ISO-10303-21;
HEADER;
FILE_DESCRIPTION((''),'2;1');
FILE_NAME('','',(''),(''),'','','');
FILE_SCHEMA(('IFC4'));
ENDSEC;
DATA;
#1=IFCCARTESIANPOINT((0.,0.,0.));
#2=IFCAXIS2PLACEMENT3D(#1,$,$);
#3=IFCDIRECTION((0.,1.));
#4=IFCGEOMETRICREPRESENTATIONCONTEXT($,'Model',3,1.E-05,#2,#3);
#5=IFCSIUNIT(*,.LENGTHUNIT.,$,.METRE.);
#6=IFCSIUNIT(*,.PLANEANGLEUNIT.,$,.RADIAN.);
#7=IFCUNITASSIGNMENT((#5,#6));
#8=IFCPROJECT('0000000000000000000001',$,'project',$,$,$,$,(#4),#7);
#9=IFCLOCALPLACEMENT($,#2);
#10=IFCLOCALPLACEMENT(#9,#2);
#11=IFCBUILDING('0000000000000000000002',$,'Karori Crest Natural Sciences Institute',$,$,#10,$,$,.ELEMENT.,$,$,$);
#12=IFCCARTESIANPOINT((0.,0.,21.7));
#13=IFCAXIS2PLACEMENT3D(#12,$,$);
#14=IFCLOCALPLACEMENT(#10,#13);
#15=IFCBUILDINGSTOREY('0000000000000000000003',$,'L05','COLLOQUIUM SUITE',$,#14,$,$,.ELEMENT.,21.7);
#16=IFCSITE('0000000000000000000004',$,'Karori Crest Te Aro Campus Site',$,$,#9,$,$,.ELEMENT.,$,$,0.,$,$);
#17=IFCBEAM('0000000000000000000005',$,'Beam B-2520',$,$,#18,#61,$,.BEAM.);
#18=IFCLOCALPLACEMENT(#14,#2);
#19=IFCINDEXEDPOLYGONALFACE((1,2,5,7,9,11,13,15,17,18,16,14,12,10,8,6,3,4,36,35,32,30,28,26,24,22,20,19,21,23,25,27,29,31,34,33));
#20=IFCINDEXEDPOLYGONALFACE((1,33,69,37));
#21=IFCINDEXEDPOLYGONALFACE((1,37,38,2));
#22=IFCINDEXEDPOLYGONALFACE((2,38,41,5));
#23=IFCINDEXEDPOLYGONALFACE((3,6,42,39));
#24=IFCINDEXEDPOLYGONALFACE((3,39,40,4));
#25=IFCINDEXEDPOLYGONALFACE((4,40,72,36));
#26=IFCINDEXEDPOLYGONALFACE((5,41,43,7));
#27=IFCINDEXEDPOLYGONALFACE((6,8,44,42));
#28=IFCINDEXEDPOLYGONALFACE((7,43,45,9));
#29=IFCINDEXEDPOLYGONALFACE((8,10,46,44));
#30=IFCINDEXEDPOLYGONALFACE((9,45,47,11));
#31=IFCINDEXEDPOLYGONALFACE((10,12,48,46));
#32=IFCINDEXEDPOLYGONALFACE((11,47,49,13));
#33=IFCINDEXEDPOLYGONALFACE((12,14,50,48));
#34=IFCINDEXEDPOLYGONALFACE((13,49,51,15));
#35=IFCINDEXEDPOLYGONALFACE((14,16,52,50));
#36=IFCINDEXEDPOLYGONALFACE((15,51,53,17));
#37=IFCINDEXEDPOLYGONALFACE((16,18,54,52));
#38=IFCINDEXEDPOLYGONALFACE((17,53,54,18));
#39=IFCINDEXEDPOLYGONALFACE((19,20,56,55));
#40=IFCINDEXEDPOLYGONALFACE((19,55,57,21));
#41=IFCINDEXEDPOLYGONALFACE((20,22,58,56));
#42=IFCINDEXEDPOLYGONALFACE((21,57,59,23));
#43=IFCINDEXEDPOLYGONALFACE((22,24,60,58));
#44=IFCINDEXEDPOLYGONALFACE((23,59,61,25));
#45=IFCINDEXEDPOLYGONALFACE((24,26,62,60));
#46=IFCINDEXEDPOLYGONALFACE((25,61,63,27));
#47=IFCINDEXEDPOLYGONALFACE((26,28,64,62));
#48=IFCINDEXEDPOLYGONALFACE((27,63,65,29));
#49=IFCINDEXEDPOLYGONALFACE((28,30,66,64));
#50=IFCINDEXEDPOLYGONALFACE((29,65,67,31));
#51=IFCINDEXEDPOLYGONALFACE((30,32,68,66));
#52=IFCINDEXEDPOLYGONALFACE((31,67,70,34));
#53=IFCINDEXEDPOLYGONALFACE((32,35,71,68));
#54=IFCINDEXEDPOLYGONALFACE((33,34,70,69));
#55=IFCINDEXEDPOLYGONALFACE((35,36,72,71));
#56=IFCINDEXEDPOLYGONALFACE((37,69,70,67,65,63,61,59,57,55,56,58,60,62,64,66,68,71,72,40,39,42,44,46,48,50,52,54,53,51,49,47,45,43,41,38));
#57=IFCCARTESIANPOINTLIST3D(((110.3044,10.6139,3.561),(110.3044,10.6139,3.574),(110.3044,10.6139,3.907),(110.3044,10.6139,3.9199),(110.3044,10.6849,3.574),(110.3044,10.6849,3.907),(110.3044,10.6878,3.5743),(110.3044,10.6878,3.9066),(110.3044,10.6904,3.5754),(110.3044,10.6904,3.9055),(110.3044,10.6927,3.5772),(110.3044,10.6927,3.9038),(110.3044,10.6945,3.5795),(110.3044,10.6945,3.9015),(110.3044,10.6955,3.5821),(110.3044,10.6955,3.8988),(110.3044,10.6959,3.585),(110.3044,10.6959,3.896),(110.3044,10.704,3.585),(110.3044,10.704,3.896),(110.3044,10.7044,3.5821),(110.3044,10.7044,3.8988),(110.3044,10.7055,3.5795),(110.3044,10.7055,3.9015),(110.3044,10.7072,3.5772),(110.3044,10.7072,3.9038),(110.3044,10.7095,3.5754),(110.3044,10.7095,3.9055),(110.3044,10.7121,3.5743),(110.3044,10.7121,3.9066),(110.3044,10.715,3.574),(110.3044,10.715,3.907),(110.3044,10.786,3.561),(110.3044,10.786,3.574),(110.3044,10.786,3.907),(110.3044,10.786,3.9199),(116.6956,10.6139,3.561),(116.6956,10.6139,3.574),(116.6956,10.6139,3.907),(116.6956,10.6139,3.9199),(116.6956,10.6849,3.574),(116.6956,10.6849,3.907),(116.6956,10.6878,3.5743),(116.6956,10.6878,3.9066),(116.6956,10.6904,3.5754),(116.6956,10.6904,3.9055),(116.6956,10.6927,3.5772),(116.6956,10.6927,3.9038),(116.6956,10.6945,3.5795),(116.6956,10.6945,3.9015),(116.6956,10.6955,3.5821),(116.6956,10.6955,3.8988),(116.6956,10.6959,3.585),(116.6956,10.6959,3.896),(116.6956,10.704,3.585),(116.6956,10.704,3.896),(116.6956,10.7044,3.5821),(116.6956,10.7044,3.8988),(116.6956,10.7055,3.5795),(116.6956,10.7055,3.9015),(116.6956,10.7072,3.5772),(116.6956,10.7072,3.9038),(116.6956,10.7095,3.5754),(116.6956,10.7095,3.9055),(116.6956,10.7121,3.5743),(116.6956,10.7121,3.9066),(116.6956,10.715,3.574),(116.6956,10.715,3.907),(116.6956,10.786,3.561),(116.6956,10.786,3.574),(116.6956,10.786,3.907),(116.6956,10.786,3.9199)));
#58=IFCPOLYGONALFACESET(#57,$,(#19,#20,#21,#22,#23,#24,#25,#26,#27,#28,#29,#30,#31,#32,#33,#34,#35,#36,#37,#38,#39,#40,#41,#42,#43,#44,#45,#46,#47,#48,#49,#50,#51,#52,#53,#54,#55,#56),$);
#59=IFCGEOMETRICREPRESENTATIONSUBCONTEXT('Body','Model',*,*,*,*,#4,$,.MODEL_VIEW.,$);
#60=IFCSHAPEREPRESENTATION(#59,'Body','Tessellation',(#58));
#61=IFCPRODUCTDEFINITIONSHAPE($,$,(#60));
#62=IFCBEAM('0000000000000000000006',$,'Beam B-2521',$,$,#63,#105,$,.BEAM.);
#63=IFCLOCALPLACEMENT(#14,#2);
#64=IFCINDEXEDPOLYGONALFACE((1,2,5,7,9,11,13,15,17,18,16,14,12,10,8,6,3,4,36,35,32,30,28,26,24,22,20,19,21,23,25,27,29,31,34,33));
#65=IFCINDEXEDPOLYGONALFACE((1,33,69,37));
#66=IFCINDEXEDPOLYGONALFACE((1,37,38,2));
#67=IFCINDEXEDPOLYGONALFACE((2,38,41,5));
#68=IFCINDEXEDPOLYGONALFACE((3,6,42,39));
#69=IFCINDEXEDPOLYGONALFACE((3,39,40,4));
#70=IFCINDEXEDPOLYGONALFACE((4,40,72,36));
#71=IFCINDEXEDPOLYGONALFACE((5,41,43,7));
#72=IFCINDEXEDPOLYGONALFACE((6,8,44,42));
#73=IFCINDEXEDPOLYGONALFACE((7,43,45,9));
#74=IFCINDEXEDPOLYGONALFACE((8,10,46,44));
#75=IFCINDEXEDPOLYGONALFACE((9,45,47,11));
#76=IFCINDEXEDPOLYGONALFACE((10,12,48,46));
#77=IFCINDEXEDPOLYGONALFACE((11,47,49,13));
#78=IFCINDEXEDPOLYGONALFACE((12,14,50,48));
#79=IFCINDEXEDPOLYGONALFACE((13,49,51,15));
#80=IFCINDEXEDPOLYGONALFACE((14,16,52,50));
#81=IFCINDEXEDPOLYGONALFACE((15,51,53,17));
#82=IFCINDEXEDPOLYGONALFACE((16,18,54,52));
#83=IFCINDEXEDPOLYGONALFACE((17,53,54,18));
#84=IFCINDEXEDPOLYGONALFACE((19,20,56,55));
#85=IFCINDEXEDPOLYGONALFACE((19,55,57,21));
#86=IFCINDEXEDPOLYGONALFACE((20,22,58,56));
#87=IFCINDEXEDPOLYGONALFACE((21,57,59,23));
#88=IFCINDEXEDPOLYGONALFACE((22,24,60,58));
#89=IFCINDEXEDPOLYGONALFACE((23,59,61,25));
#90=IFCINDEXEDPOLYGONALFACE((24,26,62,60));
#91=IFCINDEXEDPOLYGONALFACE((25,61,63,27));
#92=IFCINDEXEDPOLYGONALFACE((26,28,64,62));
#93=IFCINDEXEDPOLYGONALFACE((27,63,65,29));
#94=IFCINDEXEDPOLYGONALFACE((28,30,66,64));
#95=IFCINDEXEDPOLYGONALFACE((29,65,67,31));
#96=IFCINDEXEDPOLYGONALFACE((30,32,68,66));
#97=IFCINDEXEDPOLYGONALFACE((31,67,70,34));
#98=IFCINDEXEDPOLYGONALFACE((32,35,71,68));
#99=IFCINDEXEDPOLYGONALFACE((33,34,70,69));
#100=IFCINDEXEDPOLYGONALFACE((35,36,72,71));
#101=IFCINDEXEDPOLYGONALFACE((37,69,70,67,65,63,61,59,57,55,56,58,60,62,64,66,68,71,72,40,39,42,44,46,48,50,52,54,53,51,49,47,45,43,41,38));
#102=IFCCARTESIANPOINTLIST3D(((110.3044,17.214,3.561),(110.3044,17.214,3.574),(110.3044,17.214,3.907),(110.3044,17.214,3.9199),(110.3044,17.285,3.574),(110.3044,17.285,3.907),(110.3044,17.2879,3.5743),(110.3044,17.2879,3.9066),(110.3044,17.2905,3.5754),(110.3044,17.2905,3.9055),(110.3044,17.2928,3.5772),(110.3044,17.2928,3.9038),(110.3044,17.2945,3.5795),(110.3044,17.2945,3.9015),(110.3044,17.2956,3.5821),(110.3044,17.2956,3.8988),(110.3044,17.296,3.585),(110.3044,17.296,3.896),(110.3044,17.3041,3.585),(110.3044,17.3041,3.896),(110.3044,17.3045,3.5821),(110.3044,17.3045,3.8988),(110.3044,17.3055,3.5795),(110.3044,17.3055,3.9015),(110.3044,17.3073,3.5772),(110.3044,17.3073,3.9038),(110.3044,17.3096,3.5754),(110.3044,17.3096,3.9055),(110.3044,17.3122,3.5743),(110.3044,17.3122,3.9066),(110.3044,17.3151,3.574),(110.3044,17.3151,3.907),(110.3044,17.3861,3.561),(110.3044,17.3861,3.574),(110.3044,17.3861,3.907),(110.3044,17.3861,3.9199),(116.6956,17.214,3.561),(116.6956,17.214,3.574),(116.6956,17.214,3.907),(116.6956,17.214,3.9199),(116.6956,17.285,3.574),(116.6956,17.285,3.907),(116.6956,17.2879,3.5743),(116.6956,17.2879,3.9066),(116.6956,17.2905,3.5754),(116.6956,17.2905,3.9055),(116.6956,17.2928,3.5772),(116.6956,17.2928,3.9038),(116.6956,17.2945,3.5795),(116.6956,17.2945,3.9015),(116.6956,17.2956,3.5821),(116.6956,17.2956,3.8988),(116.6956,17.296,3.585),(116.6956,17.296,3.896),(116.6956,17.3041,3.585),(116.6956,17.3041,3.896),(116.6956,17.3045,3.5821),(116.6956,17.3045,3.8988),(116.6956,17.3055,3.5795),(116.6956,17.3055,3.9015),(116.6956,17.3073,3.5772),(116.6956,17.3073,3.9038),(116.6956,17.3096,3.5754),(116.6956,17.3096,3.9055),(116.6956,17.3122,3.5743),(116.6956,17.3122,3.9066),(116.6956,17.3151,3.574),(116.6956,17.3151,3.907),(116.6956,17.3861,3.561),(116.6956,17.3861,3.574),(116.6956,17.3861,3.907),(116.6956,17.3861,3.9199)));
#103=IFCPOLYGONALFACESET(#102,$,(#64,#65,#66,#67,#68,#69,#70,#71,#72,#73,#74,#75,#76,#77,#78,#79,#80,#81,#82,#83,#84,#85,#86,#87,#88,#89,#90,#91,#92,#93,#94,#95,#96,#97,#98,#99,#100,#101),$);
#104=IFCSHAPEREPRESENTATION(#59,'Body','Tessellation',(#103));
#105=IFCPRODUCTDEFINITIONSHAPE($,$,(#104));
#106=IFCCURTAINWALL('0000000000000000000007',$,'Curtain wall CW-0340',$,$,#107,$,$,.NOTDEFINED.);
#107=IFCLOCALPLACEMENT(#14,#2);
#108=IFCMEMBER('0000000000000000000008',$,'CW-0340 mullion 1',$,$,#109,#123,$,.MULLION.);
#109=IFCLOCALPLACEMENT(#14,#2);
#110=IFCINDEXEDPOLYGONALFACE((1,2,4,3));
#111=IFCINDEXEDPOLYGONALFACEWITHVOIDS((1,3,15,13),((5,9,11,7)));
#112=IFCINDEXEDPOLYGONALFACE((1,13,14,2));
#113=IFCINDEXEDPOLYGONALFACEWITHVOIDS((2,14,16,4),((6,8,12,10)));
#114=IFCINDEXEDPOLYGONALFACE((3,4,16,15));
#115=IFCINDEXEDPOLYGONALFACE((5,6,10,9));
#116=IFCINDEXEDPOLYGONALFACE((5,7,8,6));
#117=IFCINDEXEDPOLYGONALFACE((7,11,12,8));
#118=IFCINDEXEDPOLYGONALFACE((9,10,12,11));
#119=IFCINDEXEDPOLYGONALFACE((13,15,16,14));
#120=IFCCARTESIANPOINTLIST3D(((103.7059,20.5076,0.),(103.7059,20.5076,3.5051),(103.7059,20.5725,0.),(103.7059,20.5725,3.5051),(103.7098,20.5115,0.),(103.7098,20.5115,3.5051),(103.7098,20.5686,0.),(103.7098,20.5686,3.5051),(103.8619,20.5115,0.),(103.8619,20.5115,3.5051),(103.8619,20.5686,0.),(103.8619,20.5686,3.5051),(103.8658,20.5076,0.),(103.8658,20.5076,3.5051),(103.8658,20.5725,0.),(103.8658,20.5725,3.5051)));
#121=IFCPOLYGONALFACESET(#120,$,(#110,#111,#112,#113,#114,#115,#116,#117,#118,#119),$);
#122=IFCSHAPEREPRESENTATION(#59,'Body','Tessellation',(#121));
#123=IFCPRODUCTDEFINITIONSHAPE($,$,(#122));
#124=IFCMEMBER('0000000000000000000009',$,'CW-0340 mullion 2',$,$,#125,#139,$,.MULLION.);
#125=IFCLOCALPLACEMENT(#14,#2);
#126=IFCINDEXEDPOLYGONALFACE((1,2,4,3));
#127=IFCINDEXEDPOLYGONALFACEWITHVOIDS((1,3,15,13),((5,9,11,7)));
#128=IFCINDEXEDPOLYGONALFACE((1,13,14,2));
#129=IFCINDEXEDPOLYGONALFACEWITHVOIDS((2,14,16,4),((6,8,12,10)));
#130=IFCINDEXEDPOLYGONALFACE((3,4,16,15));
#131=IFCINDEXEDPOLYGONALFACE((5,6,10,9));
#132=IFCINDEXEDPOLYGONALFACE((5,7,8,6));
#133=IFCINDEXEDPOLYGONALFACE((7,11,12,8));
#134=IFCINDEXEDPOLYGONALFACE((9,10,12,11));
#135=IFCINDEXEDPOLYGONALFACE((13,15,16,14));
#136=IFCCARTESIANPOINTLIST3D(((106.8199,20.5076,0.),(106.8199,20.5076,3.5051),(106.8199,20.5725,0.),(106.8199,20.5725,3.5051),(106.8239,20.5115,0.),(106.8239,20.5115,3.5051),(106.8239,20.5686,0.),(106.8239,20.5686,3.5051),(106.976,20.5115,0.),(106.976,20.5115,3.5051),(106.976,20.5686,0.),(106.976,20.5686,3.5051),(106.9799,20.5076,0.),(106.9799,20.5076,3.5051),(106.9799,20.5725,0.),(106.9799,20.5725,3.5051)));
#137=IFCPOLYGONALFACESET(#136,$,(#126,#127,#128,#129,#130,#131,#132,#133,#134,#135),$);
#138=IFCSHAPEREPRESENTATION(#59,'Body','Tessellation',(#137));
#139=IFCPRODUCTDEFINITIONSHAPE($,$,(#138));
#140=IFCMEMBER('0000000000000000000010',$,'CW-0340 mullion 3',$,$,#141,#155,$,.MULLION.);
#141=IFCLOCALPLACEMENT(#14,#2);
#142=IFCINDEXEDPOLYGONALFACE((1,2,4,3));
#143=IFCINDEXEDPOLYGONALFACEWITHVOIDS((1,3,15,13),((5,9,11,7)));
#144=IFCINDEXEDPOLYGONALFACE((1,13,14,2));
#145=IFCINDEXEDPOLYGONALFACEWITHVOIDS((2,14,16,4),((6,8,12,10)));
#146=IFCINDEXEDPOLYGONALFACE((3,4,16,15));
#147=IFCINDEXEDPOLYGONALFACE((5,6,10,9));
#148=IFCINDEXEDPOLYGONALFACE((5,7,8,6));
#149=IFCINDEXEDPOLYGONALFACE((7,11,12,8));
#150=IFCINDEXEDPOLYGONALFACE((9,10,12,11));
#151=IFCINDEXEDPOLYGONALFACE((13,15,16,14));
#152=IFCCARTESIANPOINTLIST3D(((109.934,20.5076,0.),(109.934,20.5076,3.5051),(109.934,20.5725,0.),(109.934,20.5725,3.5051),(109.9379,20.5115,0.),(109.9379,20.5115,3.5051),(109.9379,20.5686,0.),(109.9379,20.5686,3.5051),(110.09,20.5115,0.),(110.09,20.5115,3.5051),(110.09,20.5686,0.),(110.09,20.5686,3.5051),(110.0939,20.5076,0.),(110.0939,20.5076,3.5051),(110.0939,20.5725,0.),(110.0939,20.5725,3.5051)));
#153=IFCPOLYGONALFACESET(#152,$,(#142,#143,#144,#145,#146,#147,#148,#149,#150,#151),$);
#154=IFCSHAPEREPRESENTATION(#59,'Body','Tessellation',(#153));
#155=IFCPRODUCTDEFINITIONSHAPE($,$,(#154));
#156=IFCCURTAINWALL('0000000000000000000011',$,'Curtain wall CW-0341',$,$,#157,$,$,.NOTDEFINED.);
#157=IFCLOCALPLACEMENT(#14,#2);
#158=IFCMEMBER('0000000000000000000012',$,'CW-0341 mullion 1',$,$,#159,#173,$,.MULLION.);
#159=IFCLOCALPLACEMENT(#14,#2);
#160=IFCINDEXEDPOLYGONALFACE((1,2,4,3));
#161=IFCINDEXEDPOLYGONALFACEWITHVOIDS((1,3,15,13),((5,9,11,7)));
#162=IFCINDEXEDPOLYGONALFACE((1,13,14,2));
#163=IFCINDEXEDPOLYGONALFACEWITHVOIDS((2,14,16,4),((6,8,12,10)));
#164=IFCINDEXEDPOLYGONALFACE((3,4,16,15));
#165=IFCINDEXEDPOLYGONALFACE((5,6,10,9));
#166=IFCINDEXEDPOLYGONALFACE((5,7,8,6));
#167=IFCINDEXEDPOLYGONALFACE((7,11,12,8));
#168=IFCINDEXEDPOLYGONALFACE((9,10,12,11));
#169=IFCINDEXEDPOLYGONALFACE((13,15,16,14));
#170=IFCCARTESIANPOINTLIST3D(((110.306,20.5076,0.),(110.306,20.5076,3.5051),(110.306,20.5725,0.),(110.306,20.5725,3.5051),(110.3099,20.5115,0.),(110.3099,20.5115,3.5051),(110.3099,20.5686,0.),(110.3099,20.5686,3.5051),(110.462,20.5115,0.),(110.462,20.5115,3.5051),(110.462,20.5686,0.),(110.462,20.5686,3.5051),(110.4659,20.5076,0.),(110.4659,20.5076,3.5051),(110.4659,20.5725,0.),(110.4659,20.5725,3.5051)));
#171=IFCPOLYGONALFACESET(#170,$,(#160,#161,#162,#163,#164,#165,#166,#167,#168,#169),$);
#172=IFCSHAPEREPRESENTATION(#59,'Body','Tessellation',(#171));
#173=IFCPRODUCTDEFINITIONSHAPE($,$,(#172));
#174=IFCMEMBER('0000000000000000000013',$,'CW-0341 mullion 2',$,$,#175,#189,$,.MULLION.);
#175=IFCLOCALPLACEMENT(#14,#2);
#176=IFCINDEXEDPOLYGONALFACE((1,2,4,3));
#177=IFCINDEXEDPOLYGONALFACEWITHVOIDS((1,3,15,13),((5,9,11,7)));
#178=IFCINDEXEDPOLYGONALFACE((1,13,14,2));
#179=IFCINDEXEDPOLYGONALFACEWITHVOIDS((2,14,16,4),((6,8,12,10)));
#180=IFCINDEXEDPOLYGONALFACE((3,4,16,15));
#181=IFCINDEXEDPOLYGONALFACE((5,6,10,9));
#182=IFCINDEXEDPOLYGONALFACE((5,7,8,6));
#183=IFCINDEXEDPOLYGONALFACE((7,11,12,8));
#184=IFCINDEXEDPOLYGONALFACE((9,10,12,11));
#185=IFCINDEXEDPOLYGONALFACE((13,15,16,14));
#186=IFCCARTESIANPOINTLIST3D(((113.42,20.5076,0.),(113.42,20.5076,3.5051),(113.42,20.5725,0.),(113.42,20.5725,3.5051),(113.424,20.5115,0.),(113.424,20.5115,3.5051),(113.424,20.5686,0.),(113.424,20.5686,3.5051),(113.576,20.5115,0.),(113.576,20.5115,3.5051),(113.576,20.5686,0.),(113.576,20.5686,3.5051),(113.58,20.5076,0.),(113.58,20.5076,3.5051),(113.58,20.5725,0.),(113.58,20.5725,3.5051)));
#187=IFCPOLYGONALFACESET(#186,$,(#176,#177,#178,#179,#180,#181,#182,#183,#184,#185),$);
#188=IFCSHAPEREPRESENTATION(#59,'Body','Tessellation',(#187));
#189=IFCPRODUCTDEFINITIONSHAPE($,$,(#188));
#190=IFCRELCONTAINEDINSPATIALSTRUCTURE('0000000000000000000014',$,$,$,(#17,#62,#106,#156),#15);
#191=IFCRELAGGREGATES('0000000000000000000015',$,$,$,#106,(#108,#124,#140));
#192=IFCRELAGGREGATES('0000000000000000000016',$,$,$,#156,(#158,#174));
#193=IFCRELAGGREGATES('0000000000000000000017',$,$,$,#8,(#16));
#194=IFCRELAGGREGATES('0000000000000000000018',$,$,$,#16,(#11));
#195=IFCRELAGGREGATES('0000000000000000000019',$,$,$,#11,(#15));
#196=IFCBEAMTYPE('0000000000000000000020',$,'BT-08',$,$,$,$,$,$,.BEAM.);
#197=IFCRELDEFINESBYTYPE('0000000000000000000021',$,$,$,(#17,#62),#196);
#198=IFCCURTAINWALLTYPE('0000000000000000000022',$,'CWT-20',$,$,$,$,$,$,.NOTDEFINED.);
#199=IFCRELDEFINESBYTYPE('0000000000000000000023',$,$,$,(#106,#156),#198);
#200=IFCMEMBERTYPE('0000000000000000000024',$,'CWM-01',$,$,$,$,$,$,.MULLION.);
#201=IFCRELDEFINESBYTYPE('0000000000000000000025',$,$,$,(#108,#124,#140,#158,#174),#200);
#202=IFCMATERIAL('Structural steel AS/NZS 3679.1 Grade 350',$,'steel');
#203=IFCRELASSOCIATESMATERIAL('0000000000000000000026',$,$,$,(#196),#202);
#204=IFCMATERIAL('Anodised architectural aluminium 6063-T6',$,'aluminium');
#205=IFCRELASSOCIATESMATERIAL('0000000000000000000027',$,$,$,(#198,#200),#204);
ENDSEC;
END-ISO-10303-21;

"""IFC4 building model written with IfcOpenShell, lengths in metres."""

from ifc_helpers import new_model, si_unit, direction, frame, origin, origin_2d, place, context, subcontext, project, spatial, hollow_rectangle, i_section, extrude, material, material_profile, profile_set, type_object, element, aggregate, save


model = new_model("IFC4")

# Units and contexts
model_context = context("Model", 3, precision=1e-05, world=origin(), true_north=direction((0.0, 1.0)))
body_context = subcontext(model_context, "Body", "Model", "MODEL_VIEW")
ifc_project = project(units=[si_unit("LENGTHUNIT", "METRE"), si_unit("PLANEANGLEUNIT", "RADIAN")], contexts=[model_context])

# Site, building, storey
site_placement = place(None, origin())
site = spatial("IfcSite", under=ifc_project, at=site_placement, Name="Karori Crest Te Aro Campus Site", CompositionType="ELEMENT", RefElevation=0.0)
building_placement = place(site_placement, origin())
building = spatial("IfcBuilding", under=site, at=building_placement, Name="Karori Crest Natural Sciences Institute", CompositionType="ELEMENT")
storey_placement = place(building_placement, frame((0.0, 0.0, 21.7)))
storey = spatial("IfcBuildingStorey", under=building, at=storey_placement, Name="L05", Description="COLLOQUIUM SUITE", CompositionType="ELEMENT", Elevation=21.7)

# Shared definitions
ifc_material_1 = material(Name="Structural steel AS/NZS 3679.1 Grade 350", Category="steel")

# Beams
ifc_material_profile_1 = material_profile(ifc_material_1, i_section(OverallWidth=0.1721, OverallDepth=0.3589, WebThickness=0.0081, FlangeThickness=0.0129, FilletRadius=0.011, at=origin_2d()), Name="360UB56.7")
ifc_profile_set_1 = profile_set([ifc_material_profile_1], Name="Structural steel AS/NZS 3679.1 Grade 350")
beam_type_1 = type_object("IfcBeamType", Name="BT-08", PredefinedType="BEAM", material=ifc_profile_set_1)
for number, where, z_axis, x_axis, name in (
    (1, (110.3044, 10.7, 3.7405), (1.0, 0.0, 0.0), (0.0, 1.0, 0.0), "Beam B-2520"),
    (2, (110.3044, 17.3, 3.7405), (1.0, 0.0, 0.0), (0.0, 1.0, 0.0), "Beam B-2521"),
):
    element("IfcBeam", number, at=place(storey_placement, frame(where, z_axis=z_axis, x_axis=x_axis)), inside=storey, type_object=beam_type_1, Name=name, PredefinedType="BEAM", context=body_context, shape_type="SweptSolid", body=[
        extrude(i_section(OverallWidth=0.1721, OverallDepth=0.3589, WebThickness=0.0081, FlangeThickness=0.0129, FilletRadius=0.011, at=origin_2d()), origin(), (0.0, 0.0, 1.0), 6.3911),
    ])

# Curtain walls, members
ifc_material_2 = material(Name="Anodised architectural aluminium 6063-T6", Category="aluminium")
curtain_wall_type = type_object("IfcCurtainWallType", Name="CWT-20", PredefinedType="NOTDEFINED", material=ifc_material_2)
curtain_wall_1_placement = place(storey_placement, origin())
curtain_wall_1 = element("IfcCurtainWall", 3, at=curtain_wall_1_placement, inside=storey, type_object=curtain_wall_type, Name="Curtain wall CW-0340", PredefinedType="NOTDEFINED")
ifc_material_profile_2 = material_profile(ifc_material_2, hollow_rectangle(XDim=0.0649, YDim=0.1599, WallThickness=0.0039, at=origin_2d()), Name="CWM160x65x4")
ifc_profile_set_2 = profile_set([ifc_material_profile_2], Name="Anodised architectural aluminium 6063-T6")
member_type_1 = type_object("IfcMemberType", Name="CWM-01", PredefinedType="MULLION", material=ifc_profile_set_2)
member_1_placement = place(storey_placement, frame((103.7859, 20.54, 0.0), z_axis=(0.0, 0.0, 1.0), x_axis=(0.0, 1.0, 0.0)))
member_1 = element("IfcMember", 4, at=member_1_placement, type_object=member_type_1, Name="CW-0340 mullion 1", PredefinedType="MULLION", context=body_context, shape_type="SweptSolid", body=[
    extrude(hollow_rectangle(XDim=0.0649, YDim=0.1599, WallThickness=0.0039, at=origin_2d()), origin(), (0.0, 0.0, 1.0), 3.5051),
])
member_2_placement = place(storey_placement, frame((106.8999, 20.54, 0.0), z_axis=(0.0, 0.0, 1.0), x_axis=(0.0, 1.0, 0.0)))
member_2 = element("IfcMember", 5, at=member_2_placement, type_object=member_type_1, Name="CW-0340 mullion 2", PredefinedType="MULLION", context=body_context, shape_type="SweptSolid", body=[
    extrude(hollow_rectangle(XDim=0.0649, YDim=0.1599, WallThickness=0.0039, at=origin_2d()), origin(), (0.0, 0.0, 1.0), 3.5051),
])
member_3_placement = place(storey_placement, frame((110.0139, 20.54, 0.0), z_axis=(0.0, 0.0, 1.0), x_axis=(0.0, 1.0, 0.0)))
member_3 = element("IfcMember", 6, at=member_3_placement, type_object=member_type_1, Name="CW-0340 mullion 3", PredefinedType="MULLION", context=body_context, shape_type="SweptSolid", body=[
    extrude(hollow_rectangle(XDim=0.0649, YDim=0.1599, WallThickness=0.0039, at=origin_2d()), origin(), (0.0, 0.0, 1.0), 3.5051),
])
curtain_wall_2_placement = place(storey_placement, origin())
curtain_wall_2 = element("IfcCurtainWall", 7, at=curtain_wall_2_placement, inside=storey, type_object=curtain_wall_type, Name="Curtain wall CW-0341", PredefinedType="NOTDEFINED")
member_4_placement = place(storey_placement, frame((110.386, 20.54, 0.0), z_axis=(0.0, 0.0, 1.0), x_axis=(0.0, 1.0, 0.0)))
member_4 = element("IfcMember", 8, at=member_4_placement, type_object=member_type_1, Name="CW-0341 mullion 1", PredefinedType="MULLION", context=body_context, shape_type="SweptSolid", body=[
    extrude(hollow_rectangle(XDim=0.0649, YDim=0.1599, WallThickness=0.0039, at=origin_2d()), origin(), (0.0, 0.0, 1.0), 3.5051),
])
member_5_placement = place(storey_placement, frame((113.5, 20.54, 0.0), z_axis=(0.0, 0.0, 1.0), x_axis=(0.0, 1.0, 0.0)))
member_5 = element("IfcMember", 9, at=member_5_placement, type_object=member_type_1, Name="CW-0341 mullion 2", PredefinedType="MULLION", context=body_context, shape_type="SweptSolid", body=[
    extrude(hollow_rectangle(XDim=0.0649, YDim=0.1599, WallThickness=0.0039, at=origin_2d()), origin(), (0.0, 0.0, 1.0), 3.5051),
])

aggregate(curtain_wall_1, [member_1, member_2, member_3])
aggregate(curtain_wall_2, [member_4, member_5])

save(model, "model.ifc")
